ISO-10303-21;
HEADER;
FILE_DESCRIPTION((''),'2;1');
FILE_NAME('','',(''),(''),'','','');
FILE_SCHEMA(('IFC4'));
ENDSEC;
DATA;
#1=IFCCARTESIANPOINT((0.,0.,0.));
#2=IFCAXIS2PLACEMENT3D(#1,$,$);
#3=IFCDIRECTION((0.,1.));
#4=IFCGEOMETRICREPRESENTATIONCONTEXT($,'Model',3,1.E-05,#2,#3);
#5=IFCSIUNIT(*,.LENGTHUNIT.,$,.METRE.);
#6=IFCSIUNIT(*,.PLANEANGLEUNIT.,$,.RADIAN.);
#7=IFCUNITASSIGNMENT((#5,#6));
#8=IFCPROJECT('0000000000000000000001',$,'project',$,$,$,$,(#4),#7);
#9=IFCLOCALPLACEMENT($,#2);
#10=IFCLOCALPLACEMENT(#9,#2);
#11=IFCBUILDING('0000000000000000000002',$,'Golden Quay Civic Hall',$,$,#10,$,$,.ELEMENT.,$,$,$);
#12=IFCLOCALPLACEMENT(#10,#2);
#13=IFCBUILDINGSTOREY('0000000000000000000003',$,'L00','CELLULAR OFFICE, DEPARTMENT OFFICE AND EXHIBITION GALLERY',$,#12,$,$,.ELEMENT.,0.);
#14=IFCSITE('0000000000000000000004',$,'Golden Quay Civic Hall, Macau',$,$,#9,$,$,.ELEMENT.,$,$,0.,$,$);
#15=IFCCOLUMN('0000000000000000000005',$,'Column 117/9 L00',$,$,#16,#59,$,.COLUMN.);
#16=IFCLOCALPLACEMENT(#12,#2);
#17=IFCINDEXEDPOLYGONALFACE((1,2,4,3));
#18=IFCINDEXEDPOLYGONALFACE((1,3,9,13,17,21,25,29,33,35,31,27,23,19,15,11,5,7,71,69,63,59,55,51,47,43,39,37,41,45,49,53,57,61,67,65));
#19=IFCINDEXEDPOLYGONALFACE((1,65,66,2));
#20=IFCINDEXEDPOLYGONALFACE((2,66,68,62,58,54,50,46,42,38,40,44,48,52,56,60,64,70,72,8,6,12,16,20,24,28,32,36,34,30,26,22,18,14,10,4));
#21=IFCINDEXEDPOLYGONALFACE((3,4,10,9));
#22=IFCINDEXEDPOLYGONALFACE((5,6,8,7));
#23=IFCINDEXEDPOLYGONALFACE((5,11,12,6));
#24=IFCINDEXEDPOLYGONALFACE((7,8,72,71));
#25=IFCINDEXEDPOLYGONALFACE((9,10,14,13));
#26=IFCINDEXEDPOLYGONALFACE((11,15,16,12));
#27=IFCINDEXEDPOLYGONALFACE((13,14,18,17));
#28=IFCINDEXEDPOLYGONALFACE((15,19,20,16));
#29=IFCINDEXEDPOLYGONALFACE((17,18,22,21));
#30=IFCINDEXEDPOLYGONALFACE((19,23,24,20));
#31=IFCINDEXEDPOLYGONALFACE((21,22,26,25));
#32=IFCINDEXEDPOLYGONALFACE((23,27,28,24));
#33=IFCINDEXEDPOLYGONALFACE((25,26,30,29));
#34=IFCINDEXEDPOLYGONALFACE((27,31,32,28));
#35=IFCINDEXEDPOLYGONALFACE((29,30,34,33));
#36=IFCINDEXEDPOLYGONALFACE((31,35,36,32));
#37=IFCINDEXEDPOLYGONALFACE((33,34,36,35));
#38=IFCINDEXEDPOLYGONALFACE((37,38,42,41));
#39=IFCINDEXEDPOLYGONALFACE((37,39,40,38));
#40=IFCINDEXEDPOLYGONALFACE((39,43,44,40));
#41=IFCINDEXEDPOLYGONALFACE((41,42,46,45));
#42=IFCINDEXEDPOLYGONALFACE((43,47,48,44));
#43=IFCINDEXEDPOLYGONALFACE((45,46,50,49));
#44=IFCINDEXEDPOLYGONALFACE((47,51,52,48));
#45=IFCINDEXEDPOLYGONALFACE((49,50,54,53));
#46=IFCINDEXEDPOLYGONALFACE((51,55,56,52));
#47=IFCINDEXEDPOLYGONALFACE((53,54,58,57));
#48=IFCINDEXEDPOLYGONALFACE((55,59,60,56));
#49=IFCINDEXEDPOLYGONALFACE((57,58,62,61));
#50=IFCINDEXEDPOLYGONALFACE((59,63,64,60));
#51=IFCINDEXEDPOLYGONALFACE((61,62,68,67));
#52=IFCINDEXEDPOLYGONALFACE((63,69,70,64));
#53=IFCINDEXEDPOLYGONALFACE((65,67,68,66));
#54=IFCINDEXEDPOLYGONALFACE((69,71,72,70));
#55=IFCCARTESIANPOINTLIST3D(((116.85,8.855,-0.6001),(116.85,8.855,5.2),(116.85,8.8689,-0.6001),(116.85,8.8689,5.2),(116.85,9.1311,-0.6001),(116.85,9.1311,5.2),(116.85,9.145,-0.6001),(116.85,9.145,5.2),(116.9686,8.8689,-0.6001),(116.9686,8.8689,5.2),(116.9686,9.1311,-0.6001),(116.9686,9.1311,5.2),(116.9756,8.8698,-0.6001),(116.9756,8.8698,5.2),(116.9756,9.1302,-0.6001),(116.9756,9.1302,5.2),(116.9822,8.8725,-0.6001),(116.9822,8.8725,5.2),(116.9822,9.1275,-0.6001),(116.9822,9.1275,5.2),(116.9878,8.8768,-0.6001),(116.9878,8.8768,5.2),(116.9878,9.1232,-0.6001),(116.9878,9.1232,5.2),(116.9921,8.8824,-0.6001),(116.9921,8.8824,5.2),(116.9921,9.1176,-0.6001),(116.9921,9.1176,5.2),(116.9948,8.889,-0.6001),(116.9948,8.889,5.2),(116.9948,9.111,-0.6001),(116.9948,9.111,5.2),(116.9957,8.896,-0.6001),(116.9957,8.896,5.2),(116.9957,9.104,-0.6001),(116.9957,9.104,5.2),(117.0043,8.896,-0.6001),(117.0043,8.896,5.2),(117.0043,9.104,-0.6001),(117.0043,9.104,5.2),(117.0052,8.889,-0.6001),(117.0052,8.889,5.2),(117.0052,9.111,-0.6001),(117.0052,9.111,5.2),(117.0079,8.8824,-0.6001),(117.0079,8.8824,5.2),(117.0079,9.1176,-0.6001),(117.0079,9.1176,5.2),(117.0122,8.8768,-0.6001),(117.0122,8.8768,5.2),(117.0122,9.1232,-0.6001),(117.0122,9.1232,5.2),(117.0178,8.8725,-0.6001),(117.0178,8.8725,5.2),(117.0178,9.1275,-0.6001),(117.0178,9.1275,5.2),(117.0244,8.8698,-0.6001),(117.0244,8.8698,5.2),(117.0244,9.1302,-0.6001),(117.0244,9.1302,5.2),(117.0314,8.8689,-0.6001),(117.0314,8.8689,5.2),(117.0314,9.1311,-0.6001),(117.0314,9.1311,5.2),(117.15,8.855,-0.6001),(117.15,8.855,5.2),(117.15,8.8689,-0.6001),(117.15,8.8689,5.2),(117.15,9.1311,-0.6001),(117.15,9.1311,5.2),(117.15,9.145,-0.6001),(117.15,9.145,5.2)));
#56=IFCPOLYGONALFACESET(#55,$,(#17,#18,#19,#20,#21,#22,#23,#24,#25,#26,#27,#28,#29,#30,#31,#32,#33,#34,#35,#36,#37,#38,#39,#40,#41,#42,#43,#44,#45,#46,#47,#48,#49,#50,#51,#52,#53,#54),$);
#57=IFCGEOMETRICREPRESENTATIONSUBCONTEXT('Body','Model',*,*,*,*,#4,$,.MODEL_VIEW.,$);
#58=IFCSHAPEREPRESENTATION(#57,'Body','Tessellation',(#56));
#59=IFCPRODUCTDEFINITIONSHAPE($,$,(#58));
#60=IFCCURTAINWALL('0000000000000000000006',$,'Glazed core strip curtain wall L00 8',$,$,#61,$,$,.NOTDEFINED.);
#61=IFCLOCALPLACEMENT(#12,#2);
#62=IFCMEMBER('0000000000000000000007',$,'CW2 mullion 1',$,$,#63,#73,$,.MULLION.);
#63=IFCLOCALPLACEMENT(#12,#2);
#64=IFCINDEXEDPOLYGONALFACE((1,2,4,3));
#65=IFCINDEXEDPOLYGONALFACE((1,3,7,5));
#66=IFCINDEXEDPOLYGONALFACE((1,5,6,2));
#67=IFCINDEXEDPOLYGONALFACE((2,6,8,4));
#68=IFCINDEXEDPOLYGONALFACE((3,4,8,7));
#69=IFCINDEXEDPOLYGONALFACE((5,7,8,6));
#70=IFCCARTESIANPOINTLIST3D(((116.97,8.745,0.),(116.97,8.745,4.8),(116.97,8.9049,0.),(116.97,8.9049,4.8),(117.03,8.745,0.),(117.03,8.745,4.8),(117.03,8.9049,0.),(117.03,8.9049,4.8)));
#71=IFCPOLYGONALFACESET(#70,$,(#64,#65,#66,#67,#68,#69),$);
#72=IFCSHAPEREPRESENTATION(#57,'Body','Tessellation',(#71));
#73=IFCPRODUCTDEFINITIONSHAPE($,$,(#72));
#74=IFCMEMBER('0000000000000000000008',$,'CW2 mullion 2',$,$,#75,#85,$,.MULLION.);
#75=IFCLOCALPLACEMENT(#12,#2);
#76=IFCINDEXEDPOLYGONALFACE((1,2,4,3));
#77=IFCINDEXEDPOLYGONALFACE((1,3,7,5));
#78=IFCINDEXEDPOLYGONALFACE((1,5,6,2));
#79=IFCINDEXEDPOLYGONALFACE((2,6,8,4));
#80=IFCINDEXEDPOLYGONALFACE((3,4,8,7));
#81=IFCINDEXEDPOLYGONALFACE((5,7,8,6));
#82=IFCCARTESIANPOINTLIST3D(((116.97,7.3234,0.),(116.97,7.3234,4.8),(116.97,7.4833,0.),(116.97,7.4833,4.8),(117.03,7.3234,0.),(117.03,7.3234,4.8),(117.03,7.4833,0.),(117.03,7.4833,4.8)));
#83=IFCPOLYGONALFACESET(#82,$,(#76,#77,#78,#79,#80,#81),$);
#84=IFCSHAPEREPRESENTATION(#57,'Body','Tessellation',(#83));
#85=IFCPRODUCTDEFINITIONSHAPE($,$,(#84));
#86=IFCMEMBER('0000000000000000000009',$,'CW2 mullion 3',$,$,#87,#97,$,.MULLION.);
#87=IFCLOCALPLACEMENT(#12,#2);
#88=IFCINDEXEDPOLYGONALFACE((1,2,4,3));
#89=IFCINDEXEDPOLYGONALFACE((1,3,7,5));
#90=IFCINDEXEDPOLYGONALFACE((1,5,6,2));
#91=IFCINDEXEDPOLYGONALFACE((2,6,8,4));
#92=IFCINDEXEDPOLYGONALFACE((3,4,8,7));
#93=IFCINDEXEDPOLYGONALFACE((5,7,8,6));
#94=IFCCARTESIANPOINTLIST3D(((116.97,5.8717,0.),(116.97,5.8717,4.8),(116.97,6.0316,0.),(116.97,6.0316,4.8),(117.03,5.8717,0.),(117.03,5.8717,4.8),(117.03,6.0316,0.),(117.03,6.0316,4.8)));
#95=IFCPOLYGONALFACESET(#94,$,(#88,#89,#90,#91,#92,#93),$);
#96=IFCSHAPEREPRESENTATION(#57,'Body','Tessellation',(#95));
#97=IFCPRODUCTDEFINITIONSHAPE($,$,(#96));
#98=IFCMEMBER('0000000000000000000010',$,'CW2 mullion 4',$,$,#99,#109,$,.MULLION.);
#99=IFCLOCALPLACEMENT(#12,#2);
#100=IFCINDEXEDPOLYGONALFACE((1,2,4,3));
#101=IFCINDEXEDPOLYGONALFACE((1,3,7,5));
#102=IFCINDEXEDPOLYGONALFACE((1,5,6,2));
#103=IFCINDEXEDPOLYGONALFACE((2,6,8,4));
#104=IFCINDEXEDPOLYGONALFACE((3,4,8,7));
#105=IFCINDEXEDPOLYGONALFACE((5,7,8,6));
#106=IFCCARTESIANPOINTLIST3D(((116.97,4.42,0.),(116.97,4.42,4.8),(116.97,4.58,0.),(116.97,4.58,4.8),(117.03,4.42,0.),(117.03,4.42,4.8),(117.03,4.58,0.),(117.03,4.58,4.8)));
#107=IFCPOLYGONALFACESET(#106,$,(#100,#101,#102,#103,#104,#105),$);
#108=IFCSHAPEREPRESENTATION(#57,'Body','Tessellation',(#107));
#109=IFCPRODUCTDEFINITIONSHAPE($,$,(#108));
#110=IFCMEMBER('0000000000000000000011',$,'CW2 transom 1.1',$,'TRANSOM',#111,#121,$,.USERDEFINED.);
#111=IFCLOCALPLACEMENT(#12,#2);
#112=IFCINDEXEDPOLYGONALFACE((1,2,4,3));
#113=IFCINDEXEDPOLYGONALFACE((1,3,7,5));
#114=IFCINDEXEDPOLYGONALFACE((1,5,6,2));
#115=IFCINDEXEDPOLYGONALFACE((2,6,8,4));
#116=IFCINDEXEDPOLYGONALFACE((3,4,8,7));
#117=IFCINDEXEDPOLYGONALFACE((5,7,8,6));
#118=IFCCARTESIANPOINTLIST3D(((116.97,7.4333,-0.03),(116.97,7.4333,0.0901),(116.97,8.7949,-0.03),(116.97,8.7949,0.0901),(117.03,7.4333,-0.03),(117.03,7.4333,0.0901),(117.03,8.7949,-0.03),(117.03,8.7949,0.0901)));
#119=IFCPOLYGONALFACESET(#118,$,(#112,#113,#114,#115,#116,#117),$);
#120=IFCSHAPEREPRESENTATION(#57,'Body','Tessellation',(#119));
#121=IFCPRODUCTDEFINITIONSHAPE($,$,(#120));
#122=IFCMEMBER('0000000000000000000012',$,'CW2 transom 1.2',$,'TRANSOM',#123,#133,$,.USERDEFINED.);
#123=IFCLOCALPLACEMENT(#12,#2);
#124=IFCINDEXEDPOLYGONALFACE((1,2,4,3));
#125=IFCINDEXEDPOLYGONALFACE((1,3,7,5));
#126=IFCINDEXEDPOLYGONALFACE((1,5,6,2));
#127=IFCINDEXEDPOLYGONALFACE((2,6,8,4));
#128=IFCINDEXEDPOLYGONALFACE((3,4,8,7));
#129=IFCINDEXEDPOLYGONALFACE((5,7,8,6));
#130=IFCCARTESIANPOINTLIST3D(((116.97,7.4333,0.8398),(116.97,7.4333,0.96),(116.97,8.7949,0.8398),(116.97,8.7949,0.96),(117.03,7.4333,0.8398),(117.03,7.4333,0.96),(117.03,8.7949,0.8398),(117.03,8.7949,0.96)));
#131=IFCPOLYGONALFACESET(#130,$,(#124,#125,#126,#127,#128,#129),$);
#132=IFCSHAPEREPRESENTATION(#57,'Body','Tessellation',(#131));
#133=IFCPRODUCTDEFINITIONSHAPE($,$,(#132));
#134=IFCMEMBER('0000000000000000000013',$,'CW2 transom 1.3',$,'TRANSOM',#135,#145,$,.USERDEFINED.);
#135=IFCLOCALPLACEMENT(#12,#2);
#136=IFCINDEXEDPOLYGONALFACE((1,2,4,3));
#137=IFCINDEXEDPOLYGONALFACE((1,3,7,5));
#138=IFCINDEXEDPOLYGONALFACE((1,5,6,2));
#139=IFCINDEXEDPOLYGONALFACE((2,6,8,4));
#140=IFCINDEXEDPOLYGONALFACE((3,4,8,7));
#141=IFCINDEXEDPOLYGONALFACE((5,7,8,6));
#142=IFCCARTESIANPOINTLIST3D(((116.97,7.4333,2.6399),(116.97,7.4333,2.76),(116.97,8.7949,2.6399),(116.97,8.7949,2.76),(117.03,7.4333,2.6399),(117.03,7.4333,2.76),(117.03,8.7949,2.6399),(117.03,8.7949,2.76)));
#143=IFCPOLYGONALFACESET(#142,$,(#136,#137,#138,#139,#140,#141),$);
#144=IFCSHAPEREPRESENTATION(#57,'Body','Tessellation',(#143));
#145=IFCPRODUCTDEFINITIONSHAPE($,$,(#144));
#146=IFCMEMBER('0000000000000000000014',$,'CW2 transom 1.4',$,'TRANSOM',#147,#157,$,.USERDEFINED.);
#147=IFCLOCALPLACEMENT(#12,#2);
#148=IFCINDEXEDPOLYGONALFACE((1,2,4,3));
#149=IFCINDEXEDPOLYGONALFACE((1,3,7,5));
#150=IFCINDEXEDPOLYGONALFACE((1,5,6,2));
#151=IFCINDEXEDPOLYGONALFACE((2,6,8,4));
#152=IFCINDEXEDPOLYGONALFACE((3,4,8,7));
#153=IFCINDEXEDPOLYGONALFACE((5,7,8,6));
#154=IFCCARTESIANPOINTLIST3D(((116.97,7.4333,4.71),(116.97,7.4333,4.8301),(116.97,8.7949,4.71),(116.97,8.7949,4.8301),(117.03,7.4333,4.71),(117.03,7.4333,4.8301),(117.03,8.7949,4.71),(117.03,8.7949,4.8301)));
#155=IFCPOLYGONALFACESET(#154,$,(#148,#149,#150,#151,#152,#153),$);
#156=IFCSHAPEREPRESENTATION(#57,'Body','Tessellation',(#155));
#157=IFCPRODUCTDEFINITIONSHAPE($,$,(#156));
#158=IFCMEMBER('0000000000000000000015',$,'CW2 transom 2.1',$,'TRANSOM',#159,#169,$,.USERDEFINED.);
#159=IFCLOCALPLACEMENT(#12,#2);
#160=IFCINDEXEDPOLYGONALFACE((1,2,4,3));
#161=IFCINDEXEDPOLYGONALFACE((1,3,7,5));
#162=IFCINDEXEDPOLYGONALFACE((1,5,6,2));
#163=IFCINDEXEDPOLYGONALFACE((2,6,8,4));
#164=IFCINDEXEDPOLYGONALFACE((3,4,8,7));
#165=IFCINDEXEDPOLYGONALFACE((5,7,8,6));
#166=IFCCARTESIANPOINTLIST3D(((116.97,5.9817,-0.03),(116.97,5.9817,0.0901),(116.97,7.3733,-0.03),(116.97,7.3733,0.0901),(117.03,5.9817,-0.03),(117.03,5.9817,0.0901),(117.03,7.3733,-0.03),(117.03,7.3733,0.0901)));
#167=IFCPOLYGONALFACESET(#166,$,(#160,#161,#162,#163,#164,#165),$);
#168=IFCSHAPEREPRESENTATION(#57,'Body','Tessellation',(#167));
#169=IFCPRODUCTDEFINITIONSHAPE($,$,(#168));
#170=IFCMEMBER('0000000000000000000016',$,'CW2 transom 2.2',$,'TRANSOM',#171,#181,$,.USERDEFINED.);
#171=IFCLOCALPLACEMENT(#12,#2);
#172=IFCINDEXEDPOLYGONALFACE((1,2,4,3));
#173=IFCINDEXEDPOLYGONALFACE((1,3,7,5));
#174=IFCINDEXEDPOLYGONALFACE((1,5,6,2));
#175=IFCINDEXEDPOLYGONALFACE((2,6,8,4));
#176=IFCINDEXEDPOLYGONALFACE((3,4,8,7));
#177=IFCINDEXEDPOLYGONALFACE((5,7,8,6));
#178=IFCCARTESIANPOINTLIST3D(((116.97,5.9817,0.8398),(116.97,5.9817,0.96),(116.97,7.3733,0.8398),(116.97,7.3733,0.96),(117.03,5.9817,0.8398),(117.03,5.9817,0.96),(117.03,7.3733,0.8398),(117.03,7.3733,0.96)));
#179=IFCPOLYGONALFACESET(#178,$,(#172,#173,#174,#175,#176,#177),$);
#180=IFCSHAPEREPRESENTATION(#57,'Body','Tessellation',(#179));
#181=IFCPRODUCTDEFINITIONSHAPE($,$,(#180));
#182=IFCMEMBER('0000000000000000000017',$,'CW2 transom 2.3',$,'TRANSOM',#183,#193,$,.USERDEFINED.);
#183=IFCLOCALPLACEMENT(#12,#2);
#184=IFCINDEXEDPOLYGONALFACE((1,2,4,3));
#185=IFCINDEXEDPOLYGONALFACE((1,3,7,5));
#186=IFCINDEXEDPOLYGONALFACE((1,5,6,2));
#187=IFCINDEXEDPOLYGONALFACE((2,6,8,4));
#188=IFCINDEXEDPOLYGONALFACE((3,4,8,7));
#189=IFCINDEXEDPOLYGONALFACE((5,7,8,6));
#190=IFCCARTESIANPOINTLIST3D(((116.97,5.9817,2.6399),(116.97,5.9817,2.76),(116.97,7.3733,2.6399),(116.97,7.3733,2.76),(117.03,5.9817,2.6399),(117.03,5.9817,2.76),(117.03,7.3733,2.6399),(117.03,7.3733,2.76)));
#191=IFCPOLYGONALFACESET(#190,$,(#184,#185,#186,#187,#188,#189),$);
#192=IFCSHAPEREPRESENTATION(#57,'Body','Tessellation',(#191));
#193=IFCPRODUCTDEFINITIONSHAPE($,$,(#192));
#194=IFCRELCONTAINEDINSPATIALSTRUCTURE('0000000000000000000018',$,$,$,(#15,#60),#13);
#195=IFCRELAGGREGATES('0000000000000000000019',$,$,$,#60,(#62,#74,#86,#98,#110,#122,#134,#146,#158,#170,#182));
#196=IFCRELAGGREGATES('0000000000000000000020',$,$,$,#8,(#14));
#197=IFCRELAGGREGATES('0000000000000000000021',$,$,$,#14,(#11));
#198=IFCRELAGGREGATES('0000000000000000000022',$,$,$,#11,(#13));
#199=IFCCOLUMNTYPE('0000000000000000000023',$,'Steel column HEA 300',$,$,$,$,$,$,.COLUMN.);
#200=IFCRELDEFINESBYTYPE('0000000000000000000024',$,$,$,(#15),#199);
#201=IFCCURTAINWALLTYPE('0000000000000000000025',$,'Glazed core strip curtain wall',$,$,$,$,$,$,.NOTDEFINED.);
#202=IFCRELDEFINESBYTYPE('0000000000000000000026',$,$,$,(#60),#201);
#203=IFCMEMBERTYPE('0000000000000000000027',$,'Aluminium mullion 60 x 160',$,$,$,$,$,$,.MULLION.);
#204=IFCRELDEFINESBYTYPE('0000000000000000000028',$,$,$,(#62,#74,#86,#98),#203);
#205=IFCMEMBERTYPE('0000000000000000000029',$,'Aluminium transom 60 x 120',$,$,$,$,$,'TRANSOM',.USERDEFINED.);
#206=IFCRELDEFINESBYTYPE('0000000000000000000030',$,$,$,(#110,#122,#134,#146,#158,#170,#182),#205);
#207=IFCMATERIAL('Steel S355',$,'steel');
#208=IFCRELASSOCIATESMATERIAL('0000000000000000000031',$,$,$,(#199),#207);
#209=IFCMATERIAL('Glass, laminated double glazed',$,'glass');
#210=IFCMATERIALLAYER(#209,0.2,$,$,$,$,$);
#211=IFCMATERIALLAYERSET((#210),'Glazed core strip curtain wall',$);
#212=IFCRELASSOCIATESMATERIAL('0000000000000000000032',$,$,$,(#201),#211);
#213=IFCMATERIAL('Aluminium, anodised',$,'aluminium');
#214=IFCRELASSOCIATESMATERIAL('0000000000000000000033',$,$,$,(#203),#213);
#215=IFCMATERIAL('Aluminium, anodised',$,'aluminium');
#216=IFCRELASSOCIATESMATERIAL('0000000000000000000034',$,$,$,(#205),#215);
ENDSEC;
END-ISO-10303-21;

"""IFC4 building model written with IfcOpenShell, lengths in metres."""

from ifc_helpers import new_model, si_unit, direction, frame, origin, origin_2d, place, context, subcontext, project, spatial, rectangle, i_section, extrude, material, layer, layer_set, material_profile, profile_set, type_object, element, aggregate, save


model = new_model("IFC4")

# Units and contexts
model_context = context("Model", 3, precision=1e-05, world=origin(), true_north=direction((0.0, 1.0)))
body_context = subcontext(model_context, "Body", "Model", "MODEL_VIEW")
ifc_project = project(units=[si_unit("LENGTHUNIT", "METRE"), si_unit("PLANEANGLEUNIT", "RADIAN")], contexts=[model_context])

# Site, building, storey
site_placement = place(None, origin())
site = spatial("IfcSite", under=ifc_project, at=site_placement, Name="Golden Quay Civic Hall, Macau", CompositionType="ELEMENT", RefElevation=0.0)
building_placement = place(site_placement, origin())
building = spatial("IfcBuilding", under=site, at=building_placement, Name="Golden Quay Civic Hall", CompositionType="ELEMENT")
storey_placement = place(building_placement, origin())
storey = spatial("IfcBuildingStorey", under=building, at=storey_placement, Name="L00", Description="CELLULAR OFFICE, DEPARTMENT OFFICE AND EXHIBITION GALLERY", CompositionType="ELEMENT", Elevation=0.0)

# Column
ifc_material_1 = material(Name="Steel S355", Category="steel")
ifc_material_profile_1 = material_profile(ifc_material_1, i_section(OverallWidth=0.3, OverallDepth=0.29, WebThickness=0.0085, FlangeThickness=0.0139, FilletRadius=0.0271, at=origin_2d()), Name="HEA 300")
ifc_profile_set_1 = profile_set([ifc_material_profile_1], Name="Steel S355")
column_type = type_object("IfcColumnType", Name="Steel column HEA 300", PredefinedType="COLUMN", material=ifc_profile_set_1)
column_placement = place(storey_placement, frame((117.0, 9.0, -0.6001), z_axis=(0.0, 0.0, 1.0), x_axis=(1.0, 0.0, 0.0)))
element("IfcColumn", 1, at=column_placement, inside=storey, type_object=column_type, Name="Column 117/9 L00", PredefinedType="COLUMN", context=body_context, shape_type="SweptSolid", body=[
    extrude(i_section(OverallWidth=0.3, OverallDepth=0.29, WebThickness=0.0085, FlangeThickness=0.0139, FilletRadius=0.0271, at=origin_2d()), origin(), (0.0, 0.0, 1.0), 5.8),
])

# Curtain wall, members
ifc_material_2 = material(Name="Glass, laminated double glazed", Category="glass")
ifc_layer_1 = layer(ifc_material_2, 0.2)
ifc_layer_set_1 = layer_set([ifc_layer_1], Name="Glazed core strip curtain wall")
curtain_wall_type = type_object("IfcCurtainWallType", Name="Glazed core strip curtain wall", PredefinedType="NOTDEFINED", material=ifc_layer_set_1)
curtain_wall_placement = place(storey_placement, origin())
curtain_wall = element("IfcCurtainWall", 2, at=curtain_wall_placement, inside=storey, type_object=curtain_wall_type, Name="Glazed core strip curtain wall L00 8", PredefinedType="NOTDEFINED")
ifc_material_3 = material(Name="Aluminium, anodised", Category="aluminium")
ifc_material_profile_2 = material_profile(ifc_material_3, rectangle(XDim=0.0601, YDim=0.1599, at=origin_2d()), Name="Aluminium 60 x 160")
ifc_profile_set_2 = profile_set([ifc_material_profile_2], Name="Aluminium, anodised")
member_type_1 = type_object("IfcMemberType", Name="Aluminium mullion 60 x 160", PredefinedType="MULLION", material=ifc_profile_set_2)
member_1_placement = place(storey_placement, frame((117.0, 8.825, 0.0), z_axis=(0.0, 0.0, 1.0), x_axis=(1.0, 0.0, 0.0)))
member_1 = element("IfcMember", 3, at=member_1_placement, type_object=member_type_1, Name="CW2 mullion 1", PredefinedType="MULLION", context=body_context, shape_type="SweptSolid", body=[
    extrude(rectangle(XDim=0.0601, YDim=0.1599, at=origin_2d()), origin(), (0.0, 0.0, 1.0), 4.8),
])
member_2_placement = place(storey_placement, frame((117.0, 7.4033, 0.0), z_axis=(0.0, 0.0, 1.0), x_axis=(1.0, 0.0, 0.0)))
member_2 = element("IfcMember", 4, at=member_2_placement, type_object=member_type_1, Name="CW2 mullion 2", PredefinedType="MULLION", context=body_context, shape_type="SweptSolid", body=[
    extrude(rectangle(XDim=0.0601, YDim=0.1599, at=origin_2d()), origin(), (0.0, 0.0, 1.0), 4.8),
])
member_3_placement = place(storey_placement, frame((117.0, 5.9517, 0.0), z_axis=(0.0, 0.0, 1.0), x_axis=(1.0, 0.0, 0.0)))
member_3 = element("IfcMember", 5, at=member_3_placement, type_object=member_type_1, Name="CW2 mullion 3", PredefinedType="MULLION", context=body_context, shape_type="SweptSolid", body=[
    extrude(rectangle(XDim=0.0601, YDim=0.1599, at=origin_2d()), origin(), (0.0, 0.0, 1.0), 4.8),
])
member_4_placement = place(storey_placement, frame((117.0, 4.5, 0.0), z_axis=(0.0, 0.0, 1.0), x_axis=(1.0, 0.0, 0.0)))
member_4 = element("IfcMember", 6, at=member_4_placement, type_object=member_type_1, Name="CW2 mullion 4", PredefinedType="MULLION", context=body_context, shape_type="SweptSolid", body=[
    extrude(rectangle(XDim=0.0601, YDim=0.1599, at=origin_2d()), origin(), (0.0, 0.0, 1.0), 4.8),
])
ifc_material_4 = material(Name="Aluminium, anodised", Category="aluminium")
ifc_material_profile_3 = material_profile(ifc_material_4, rectangle(XDim=0.0601, YDim=0.1201, at=origin_2d()), Name="Aluminium 60 x 120")
ifc_profile_set_3 = profile_set([ifc_material_profile_3], Name="Aluminium, anodised")
member_type_2 = type_object("IfcMemberType", Name="Aluminium transom 60 x 120", ElementType="TRANSOM", PredefinedType="USERDEFINED", material=ifc_profile_set_3)
member_5_placement = place(storey_placement, frame((117.0, 8.7949, 0.03), z_axis=(0.0, -1.0, 0.0), x_axis=(1.0, 0.0, 0.0)))
member_5 = element("IfcMember", 7, at=member_5_placement, type_object=member_type_2, Name="CW2 transom 1.1", ObjectType="TRANSOM", PredefinedType="USERDEFINED", context=body_context, shape_type="SweptSolid", body=[
    extrude(rectangle(XDim=0.0601, YDim=0.1201, at=origin_2d()), origin(), (0.0, 0.0, 1.0), 1.3616),
])
member_6_placement = place(storey_placement, frame((117.0, 8.7949, 0.8999), z_axis=(0.0, -1.0, 0.0), x_axis=(1.0, 0.0, 0.0)))
member_6 = element("IfcMember", 8, at=member_6_placement, type_object=member_type_2, Name="CW2 transom 1.2", ObjectType="TRANSOM", PredefinedType="USERDEFINED", context=body_context, shape_type="SweptSolid", body=[
    extrude(rectangle(XDim=0.0601, YDim=0.1201, at=origin_2d()), origin(), (0.0, 0.0, 1.0), 1.3616),
])
member_7_placement = place(storey_placement, frame((117.0, 8.7949, 2.7), z_axis=(0.0, -1.0, 0.0), x_axis=(1.0, 0.0, 0.0)))
member_7 = element("IfcMember", 9, at=member_7_placement, type_object=member_type_2, Name="CW2 transom 1.3", ObjectType="TRANSOM", PredefinedType="USERDEFINED", context=body_context, shape_type="SweptSolid", body=[
    extrude(rectangle(XDim=0.0601, YDim=0.1201, at=origin_2d()), origin(), (0.0, 0.0, 1.0), 1.3616),
])
member_8_placement = place(storey_placement, frame((117.0, 8.7949, 4.77), z_axis=(0.0, -1.0, 0.0), x_axis=(1.0, 0.0, 0.0)))
member_8 = element("IfcMember", 10, at=member_8_placement, type_object=member_type_2, Name="CW2 transom 1.4", ObjectType="TRANSOM", PredefinedType="USERDEFINED", context=body_context, shape_type="SweptSolid", body=[
    extrude(rectangle(XDim=0.0601, YDim=0.1201, at=origin_2d()), origin(), (0.0, 0.0, 1.0), 1.3616),
])
member_9_placement = place(storey_placement, frame((117.0, 7.3733, 0.03), z_axis=(0.0, -1.0, 0.0), x_axis=(1.0, 0.0, 0.0)))
member_9 = element("IfcMember", 11, at=member_9_placement, type_object=member_type_2, Name="CW2 transom 2.1", ObjectType="TRANSOM", PredefinedType="USERDEFINED", context=body_context, shape_type="SweptSolid", body=[
    extrude(rectangle(XDim=0.0601, YDim=0.1201, at=origin_2d()), origin(), (0.0, 0.0, 1.0), 1.3916),
])
member_10_placement = place(storey_placement, frame((117.0, 7.3733, 0.8999), z_axis=(0.0, -1.0, 0.0), x_axis=(1.0, 0.0, 0.0)))
member_10 = element("IfcMember", 12, at=member_10_placement, type_object=member_type_2, Name="CW2 transom 2.2", ObjectType="TRANSOM", PredefinedType="USERDEFINED", context=body_context, shape_type="SweptSolid", body=[
    extrude(rectangle(XDim=0.0601, YDim=0.1201, at=origin_2d()), origin(), (0.0, 0.0, 1.0), 1.3916),
])
member_11_placement = place(storey_placement, frame((117.0, 7.3733, 2.7), z_axis=(0.0, -1.0, 0.0), x_axis=(1.0, 0.0, 0.0)))
member_11 = element("IfcMember", 13, at=member_11_placement, type_object=member_type_2, Name="CW2 transom 2.3", ObjectType="TRANSOM", PredefinedType="USERDEFINED", context=body_context, shape_type="SweptSolid", body=[
    extrude(rectangle(XDim=0.0601, YDim=0.1201, at=origin_2d()), origin(), (0.0, 0.0, 1.0), 1.3916),
])
aggregate(curtain_wall, [member_1, member_2, member_3, member_4, member_5, member_6, member_7, member_8, member_9, member_10, member_11])

save(model, "model.ifc")
